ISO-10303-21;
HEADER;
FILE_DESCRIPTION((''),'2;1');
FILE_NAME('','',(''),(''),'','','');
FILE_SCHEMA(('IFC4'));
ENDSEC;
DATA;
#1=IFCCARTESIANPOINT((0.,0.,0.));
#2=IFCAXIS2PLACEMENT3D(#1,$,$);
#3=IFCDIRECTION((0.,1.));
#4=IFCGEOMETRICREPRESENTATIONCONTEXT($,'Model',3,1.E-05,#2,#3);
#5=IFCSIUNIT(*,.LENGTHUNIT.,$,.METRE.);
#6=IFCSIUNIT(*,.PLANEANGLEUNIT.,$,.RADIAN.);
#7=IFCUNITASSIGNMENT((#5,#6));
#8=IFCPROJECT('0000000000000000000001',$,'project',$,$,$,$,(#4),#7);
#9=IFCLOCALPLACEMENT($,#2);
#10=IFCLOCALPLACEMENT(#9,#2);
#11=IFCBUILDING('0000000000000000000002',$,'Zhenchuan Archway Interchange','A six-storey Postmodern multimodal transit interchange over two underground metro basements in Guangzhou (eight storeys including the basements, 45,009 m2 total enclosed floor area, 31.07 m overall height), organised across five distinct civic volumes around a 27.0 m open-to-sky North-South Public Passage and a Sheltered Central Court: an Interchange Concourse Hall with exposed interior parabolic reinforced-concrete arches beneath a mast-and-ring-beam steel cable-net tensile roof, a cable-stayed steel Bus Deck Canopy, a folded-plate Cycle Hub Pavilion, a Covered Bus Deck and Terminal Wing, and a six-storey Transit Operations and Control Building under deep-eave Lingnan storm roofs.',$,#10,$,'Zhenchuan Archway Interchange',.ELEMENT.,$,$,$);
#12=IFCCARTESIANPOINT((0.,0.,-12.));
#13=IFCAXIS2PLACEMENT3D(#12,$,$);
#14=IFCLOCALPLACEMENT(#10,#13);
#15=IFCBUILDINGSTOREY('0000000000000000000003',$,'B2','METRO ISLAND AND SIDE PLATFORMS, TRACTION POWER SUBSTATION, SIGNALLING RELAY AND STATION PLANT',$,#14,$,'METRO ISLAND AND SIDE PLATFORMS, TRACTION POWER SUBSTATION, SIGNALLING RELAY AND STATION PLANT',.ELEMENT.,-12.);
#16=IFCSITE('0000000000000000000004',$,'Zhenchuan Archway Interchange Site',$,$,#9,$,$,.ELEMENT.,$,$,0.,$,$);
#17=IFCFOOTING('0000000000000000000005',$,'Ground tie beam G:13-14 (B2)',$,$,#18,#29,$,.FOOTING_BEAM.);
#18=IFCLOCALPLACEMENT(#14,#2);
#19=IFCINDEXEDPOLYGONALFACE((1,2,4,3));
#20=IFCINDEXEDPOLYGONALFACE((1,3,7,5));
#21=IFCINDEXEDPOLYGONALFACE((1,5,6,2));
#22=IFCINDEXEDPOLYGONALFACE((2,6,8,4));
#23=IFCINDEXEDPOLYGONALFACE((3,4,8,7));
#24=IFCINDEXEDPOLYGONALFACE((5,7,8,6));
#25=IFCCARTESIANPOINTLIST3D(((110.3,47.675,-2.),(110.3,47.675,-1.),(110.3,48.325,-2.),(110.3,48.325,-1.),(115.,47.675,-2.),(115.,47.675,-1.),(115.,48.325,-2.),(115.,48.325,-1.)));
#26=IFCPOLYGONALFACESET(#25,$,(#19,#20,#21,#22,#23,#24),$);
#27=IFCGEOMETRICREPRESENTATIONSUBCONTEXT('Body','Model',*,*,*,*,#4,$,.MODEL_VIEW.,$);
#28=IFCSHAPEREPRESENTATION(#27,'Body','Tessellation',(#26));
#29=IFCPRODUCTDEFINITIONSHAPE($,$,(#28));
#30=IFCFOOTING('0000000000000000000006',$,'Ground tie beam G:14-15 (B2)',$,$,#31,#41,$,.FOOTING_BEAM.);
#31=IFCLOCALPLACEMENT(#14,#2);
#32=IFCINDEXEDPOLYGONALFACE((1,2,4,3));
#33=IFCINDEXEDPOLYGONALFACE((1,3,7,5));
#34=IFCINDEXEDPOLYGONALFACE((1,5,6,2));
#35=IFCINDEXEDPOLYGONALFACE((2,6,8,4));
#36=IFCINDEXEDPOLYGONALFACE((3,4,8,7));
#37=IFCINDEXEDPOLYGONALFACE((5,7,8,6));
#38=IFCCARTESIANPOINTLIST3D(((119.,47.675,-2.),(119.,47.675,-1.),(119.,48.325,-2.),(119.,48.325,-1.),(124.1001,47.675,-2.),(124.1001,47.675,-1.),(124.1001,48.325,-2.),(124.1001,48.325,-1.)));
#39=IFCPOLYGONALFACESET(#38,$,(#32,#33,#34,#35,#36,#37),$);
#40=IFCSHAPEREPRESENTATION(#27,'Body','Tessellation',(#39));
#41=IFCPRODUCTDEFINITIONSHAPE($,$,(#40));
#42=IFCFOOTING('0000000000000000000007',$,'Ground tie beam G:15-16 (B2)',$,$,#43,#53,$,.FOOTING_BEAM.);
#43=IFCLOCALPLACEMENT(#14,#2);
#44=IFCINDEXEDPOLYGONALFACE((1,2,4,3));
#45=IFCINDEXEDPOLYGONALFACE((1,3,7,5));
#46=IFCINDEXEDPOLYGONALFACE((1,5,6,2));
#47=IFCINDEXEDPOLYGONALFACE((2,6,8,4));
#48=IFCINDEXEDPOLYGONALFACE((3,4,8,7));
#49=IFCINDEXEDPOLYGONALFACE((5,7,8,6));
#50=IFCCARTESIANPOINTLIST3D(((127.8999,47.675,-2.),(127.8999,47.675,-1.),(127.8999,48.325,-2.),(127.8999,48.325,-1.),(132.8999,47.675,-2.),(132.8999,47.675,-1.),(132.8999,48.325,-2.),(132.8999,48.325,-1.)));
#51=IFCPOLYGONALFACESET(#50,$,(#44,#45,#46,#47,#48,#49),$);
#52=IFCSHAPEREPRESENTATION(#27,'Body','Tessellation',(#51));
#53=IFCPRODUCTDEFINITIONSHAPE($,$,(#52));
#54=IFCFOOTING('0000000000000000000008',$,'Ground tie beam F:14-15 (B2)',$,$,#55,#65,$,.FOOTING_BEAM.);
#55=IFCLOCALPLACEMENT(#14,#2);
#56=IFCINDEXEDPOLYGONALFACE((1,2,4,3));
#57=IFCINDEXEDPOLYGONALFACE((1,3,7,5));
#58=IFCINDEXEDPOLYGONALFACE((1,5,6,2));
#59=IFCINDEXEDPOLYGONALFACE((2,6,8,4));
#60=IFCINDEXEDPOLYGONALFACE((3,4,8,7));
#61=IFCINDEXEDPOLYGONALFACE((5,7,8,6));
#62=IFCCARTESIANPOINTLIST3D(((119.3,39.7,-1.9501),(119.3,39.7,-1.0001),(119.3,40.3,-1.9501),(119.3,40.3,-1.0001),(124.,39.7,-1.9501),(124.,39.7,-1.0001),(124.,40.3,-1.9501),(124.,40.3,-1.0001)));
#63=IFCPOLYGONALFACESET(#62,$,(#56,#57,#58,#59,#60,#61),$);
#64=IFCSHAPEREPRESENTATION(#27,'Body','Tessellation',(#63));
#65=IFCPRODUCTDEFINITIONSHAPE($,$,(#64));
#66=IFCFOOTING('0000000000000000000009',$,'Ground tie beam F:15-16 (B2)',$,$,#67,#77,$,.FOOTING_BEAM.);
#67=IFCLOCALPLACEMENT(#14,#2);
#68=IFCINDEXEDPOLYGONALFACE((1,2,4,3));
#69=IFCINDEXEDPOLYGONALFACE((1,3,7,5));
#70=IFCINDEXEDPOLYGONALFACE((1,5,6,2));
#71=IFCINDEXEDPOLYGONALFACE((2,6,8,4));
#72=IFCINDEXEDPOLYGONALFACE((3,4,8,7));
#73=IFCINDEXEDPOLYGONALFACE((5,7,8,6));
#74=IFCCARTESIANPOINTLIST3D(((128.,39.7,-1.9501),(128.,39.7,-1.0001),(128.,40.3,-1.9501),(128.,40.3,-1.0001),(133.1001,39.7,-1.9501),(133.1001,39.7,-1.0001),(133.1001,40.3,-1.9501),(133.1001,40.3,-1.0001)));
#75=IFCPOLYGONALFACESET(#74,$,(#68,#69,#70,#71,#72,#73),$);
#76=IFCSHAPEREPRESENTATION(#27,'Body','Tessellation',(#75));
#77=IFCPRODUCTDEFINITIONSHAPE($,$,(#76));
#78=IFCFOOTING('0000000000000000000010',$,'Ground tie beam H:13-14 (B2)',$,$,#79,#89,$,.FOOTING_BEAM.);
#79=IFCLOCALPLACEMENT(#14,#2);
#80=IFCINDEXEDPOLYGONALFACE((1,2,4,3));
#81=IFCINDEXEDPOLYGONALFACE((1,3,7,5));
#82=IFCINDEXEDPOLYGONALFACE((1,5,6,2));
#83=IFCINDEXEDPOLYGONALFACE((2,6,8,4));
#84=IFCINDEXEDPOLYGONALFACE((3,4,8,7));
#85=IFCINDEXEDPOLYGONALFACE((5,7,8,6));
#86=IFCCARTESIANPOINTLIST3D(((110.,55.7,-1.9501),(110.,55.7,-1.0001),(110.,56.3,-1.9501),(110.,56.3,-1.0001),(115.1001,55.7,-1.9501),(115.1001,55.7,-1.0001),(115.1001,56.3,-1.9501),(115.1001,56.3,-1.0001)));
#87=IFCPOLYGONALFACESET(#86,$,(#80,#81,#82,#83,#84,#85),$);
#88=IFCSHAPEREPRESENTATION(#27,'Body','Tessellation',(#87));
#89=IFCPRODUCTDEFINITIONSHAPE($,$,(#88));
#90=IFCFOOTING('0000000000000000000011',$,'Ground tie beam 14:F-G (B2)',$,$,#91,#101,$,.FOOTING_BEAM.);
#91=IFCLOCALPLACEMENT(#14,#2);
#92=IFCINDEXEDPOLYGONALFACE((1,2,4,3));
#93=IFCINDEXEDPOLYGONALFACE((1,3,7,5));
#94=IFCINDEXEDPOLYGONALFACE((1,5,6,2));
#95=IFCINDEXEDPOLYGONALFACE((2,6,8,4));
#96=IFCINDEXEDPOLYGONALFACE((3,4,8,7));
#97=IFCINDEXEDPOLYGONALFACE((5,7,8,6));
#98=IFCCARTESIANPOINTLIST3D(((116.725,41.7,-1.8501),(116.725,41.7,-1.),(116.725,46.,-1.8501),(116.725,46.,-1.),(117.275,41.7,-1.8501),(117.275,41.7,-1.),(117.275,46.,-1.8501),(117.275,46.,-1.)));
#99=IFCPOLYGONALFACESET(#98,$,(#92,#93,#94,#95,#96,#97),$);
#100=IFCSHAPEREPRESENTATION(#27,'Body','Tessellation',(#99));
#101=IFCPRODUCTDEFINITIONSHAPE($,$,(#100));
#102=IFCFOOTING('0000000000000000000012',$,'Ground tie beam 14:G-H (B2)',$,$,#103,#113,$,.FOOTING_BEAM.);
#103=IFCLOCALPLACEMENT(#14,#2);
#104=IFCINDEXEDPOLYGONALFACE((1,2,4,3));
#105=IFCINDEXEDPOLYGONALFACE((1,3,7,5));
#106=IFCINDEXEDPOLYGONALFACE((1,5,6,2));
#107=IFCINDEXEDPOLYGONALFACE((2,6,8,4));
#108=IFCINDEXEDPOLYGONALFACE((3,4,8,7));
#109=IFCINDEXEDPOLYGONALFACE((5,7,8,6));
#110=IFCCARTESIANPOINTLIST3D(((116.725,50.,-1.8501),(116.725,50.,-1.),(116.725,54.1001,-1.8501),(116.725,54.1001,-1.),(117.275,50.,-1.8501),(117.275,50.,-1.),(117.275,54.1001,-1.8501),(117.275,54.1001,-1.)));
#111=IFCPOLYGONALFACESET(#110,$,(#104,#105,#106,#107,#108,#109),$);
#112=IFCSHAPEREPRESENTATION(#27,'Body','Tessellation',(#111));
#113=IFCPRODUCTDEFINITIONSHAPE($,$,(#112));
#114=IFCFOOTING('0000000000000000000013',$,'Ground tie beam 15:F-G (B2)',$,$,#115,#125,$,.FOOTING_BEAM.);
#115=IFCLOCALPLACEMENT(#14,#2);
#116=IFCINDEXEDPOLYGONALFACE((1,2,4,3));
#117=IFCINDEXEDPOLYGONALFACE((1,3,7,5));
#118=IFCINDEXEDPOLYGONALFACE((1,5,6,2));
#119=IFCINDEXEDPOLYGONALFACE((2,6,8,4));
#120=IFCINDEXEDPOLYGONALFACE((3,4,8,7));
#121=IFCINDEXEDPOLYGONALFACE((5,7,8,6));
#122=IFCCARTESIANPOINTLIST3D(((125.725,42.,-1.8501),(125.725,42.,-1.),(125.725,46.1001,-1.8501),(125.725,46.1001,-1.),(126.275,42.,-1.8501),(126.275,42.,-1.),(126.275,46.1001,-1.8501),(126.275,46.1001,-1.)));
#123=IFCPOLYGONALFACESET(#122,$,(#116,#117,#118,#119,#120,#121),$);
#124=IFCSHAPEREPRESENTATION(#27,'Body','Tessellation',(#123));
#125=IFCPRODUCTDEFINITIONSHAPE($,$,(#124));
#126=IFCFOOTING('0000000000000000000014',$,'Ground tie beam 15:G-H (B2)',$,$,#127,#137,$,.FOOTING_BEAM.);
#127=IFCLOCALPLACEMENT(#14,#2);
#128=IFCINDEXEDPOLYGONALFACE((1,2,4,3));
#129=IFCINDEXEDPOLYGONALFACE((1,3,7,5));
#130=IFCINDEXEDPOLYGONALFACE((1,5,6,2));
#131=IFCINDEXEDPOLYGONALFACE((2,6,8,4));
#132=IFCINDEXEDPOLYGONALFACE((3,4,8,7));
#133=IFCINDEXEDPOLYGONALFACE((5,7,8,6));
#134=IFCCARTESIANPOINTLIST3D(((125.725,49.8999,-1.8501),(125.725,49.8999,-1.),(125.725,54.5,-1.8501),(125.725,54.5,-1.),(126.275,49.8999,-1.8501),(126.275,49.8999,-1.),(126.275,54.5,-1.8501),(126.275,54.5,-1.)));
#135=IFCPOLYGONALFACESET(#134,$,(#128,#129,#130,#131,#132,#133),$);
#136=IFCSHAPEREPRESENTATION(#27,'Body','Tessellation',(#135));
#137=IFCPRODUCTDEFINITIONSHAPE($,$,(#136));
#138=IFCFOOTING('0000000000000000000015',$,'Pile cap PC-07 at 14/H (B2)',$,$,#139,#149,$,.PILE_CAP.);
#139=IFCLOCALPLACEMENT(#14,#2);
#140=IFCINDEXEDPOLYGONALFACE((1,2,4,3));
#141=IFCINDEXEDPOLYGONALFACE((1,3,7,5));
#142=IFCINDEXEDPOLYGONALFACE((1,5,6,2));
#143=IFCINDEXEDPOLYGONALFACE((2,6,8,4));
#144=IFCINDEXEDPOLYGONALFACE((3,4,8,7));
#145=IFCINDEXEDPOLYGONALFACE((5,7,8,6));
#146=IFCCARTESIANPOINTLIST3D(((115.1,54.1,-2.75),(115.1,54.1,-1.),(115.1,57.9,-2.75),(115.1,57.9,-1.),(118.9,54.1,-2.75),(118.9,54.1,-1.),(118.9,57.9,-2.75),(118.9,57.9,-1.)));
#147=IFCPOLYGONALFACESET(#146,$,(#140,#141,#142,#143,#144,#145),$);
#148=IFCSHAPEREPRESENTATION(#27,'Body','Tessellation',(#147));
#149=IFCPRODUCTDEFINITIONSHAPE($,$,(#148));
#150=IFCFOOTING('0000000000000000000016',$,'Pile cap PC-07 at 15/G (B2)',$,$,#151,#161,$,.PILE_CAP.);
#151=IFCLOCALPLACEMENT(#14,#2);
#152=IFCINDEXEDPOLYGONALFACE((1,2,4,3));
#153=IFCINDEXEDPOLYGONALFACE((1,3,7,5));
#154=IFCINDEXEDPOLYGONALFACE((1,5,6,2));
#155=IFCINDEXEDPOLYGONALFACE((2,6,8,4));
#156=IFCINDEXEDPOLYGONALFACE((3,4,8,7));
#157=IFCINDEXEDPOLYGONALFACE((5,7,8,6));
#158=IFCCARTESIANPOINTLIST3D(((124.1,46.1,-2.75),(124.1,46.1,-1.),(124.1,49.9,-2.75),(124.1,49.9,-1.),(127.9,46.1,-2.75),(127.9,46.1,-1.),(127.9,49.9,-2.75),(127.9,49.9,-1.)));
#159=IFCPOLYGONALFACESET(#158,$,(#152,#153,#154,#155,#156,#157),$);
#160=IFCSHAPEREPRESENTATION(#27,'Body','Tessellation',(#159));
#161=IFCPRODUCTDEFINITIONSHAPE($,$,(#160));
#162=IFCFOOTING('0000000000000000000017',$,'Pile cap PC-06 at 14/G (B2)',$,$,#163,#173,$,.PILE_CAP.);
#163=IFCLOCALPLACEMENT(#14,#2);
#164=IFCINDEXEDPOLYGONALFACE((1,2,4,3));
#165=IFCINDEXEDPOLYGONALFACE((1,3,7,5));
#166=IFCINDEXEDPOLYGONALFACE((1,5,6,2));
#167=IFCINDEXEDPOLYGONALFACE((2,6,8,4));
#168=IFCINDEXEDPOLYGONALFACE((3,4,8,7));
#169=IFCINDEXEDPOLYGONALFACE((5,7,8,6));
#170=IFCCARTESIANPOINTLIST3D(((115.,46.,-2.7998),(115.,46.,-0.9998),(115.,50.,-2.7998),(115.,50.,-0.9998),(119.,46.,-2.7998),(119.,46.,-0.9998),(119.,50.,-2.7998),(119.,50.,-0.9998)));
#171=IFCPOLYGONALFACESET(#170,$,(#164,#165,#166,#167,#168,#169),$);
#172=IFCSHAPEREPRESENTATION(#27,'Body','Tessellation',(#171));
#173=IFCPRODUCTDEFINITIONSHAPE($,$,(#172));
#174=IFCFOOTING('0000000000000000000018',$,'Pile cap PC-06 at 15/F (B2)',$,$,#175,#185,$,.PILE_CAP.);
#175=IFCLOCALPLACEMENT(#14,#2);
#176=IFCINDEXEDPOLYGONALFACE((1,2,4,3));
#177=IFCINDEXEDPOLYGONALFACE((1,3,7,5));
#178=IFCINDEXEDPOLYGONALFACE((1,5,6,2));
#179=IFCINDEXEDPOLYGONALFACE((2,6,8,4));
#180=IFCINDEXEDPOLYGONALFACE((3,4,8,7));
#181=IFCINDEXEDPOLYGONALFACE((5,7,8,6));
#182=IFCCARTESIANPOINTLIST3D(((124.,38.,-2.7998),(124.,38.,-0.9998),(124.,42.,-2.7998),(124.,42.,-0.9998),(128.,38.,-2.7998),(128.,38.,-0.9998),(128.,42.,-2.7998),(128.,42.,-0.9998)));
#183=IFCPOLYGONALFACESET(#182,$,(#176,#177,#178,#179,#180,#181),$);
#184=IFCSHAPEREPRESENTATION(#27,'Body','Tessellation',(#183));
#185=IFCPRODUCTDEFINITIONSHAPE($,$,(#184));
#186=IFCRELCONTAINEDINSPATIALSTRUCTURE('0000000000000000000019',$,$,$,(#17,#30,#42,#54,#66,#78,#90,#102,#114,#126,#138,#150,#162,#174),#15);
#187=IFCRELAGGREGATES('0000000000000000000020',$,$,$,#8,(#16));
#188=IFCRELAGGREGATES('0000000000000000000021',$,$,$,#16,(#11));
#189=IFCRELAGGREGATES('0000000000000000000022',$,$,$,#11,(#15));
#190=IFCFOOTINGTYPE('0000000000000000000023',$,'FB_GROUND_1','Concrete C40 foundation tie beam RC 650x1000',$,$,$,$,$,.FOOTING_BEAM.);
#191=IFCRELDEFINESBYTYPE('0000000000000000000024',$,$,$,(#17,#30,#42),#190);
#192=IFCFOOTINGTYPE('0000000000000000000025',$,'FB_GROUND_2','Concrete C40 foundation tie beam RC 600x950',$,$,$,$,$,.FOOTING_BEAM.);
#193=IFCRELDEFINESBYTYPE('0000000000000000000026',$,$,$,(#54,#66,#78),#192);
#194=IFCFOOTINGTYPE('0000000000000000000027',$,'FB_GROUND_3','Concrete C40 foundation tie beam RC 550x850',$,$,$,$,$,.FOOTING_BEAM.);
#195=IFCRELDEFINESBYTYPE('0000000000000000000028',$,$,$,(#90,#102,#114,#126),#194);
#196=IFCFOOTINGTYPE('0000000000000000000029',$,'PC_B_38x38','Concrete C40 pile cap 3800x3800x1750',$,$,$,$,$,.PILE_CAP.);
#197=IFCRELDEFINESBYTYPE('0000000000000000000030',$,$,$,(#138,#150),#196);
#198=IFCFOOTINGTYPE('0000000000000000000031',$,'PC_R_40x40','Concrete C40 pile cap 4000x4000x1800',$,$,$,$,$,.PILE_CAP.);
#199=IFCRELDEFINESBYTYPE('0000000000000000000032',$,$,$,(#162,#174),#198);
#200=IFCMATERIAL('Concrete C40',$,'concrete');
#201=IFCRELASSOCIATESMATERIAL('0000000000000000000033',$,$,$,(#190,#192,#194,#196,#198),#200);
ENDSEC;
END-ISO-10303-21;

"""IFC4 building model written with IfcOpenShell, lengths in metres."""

from ifc_helpers import new_model, si_unit, direction, frame, origin, origin_2d, place, context, subcontext, project, spatial, rectangle, extrude, material, material_profile, profile_set, type_object, element, save


model = new_model("IFC4")

# Units and contexts
model_context = context("Model", 3, precision=1e-05, world=origin(), true_north=direction((0.0, 1.0)))
body_context = subcontext(model_context, "Body", "Model", "MODEL_VIEW")
ifc_project = project(units=[si_unit("LENGTHUNIT", "METRE"), si_unit("PLANEANGLEUNIT", "RADIAN")], contexts=[model_context])

# Site, building, storey
site_placement = place(None, origin())
site = spatial("IfcSite", under=ifc_project, at=site_placement, Name="Zhenchuan Archway Interchange Site", CompositionType="ELEMENT", RefElevation=0.0)
building_placement = place(site_placement, origin())
building = spatial("IfcBuilding", under=site, at=building_placement, Name="Zhenchuan Archway Interchange", Description="A six-storey Postmodern multimodal transit interchange over two underground metro basements in Guangzhou (eight storeys including the basements, 45,009 m2 total enclosed floor area, 31.07 m overall height), organised across five distinct civic volumes around a 27.0 m open-to-sky North-South Public Passage and a Sheltered Central Court: an Interchange Concourse Hall with exposed interior parabolic reinforced-concrete arches beneath a mast-and-ring-beam steel cable-net tensile roof, a cable-stayed steel Bus Deck Canopy, a folded-plate Cycle Hub Pavilion, a Covered Bus Deck and Terminal Wing, and a six-storey Transit Operations and Control Building under deep-eave Lingnan storm roofs.", LongName="Zhenchuan Archway Interchange", CompositionType="ELEMENT")
storey_placement = place(building_placement, frame((0.0, 0.0, -12.0)))
storey = spatial("IfcBuildingStorey", under=building, at=storey_placement, Name="B2", Description="METRO ISLAND AND SIDE PLATFORMS, TRACTION POWER SUBSTATION, SIGNALLING RELAY AND STATION PLANT", LongName="METRO ISLAND AND SIDE PLATFORMS, TRACTION POWER SUBSTATION, SIGNALLING RELAY AND STATION PLANT", CompositionType="ELEMENT", Elevation=-12.0)

# Footings
ifc_material_1 = material(Name="Concrete C40", Category="concrete")
ifc_material_profile_1 = material_profile(ifc_material_1, rectangle(XDim=0.6499, YDim=1.0, at=origin_2d()), Name="RC 650x1000")
ifc_profile_set_1 = profile_set([ifc_material_profile_1], Name="Concrete C40")
footing_type_1 = type_object("IfcFootingType", Name="FB_GROUND_1", Description="Concrete C40 foundation tie beam RC 650x1000", PredefinedType="FOOTING_BEAM", material=ifc_profile_set_1)
footing_1_placement = place(storey_placement, frame((110.3, 48.0, -1.5), z_axis=(1.0, 0.0, 0.0), x_axis=(0.0, 1.0, 0.0)))
element("IfcFooting", 1, at=footing_1_placement, inside=storey, type_object=footing_type_1, Name="Ground tie beam G:13-14 (B2)", PredefinedType="FOOTING_BEAM", context=body_context, shape_type="SweptSolid", body=[
    extrude(rectangle(XDim=0.6499, YDim=1.0, at=origin_2d()), origin(), (0.0, 0.0, 1.0), 4.7),
])
footing_2_placement = place(storey_placement, frame((119.0, 48.0, -1.5), z_axis=(1.0, 0.0, 0.0), x_axis=(0.0, 1.0, 0.0)))
element("IfcFooting", 2, at=footing_2_placement, inside=storey, type_object=footing_type_1, Name="Ground tie beam G:14-15 (B2)", PredefinedType="FOOTING_BEAM", context=body_context, shape_type="SweptSolid", body=[
    extrude(rectangle(XDim=0.6499, YDim=1.0, at=origin_2d()), origin(), (0.0, 0.0, 1.0), 5.1001),
])
footing_3_placement = place(storey_placement, frame((127.8999, 48.0, -1.5), z_axis=(1.0, 0.0, 0.0), x_axis=(0.0, 1.0, 0.0)))
element("IfcFooting", 3, at=footing_3_placement, inside=storey, type_object=footing_type_1, Name="Ground tie beam G:15-16 (B2)", PredefinedType="FOOTING_BEAM", context=body_context, shape_type="SweptSolid", body=[
    extrude(rectangle(XDim=0.6499, YDim=1.0, at=origin_2d()), origin(), (0.0, 0.0, 1.0), 5.0),
])
ifc_material_profile_2 = material_profile(ifc_material_1, rectangle(XDim=0.6001, YDim=0.95, at=origin_2d()), Name="RC 600x950")
ifc_profile_set_2 = profile_set([ifc_material_profile_2], Name="Concrete C40")
footing_type_2 = type_object("IfcFootingType", Name="FB_GROUND_2", Description="Concrete C40 foundation tie beam RC 600x950", PredefinedType="FOOTING_BEAM", material=ifc_profile_set_2)
footing_4_placement = place(storey_placement, frame((119.3, 40.0, -1.4751), z_axis=(1.0, 0.0, 0.0), x_axis=(0.0, 1.0, 0.0)))
element("IfcFooting", 4, at=footing_4_placement, inside=storey, type_object=footing_type_2, Name="Ground tie beam F:14-15 (B2)", PredefinedType="FOOTING_BEAM", context=body_context, shape_type="SweptSolid", body=[
    extrude(rectangle(XDim=0.6001, YDim=0.95, at=origin_2d()), origin(), (0.0, 0.0, 1.0), 4.7),
])
for number, where, z_axis, x_axis, name in (
    (5, (128.0, 40.0, -1.4751), (1.0, 0.0, 0.0), (0.0, 1.0, 0.0), "Ground tie beam F:15-16 (B2)"),
    (6, (110.0, 56.0, -1.4751), (1.0, 0.0, 0.0), (0.0, 1.0, 0.0), "Ground tie beam H:13-14 (B2)"),
):
    element("IfcFooting", number, at=place(storey_placement, frame(where, z_axis=z_axis, x_axis=x_axis)), inside=storey, type_object=footing_type_2, Name=name, PredefinedType="FOOTING_BEAM", context=body_context, shape_type="SweptSolid", body=[
        extrude(rectangle(XDim=0.6001, YDim=0.95, at=origin_2d()), origin(), (0.0, 0.0, 1.0), 5.1001),
    ])
ifc_material_profile_3 = material_profile(ifc_material_1, rectangle(XDim=0.55, YDim=0.8501, at=origin_2d()), Name="RC 550x850")
ifc_profile_set_3 = profile_set([ifc_material_profile_3], Name="Concrete C40")
footing_type_3 = type_object("IfcFootingType", Name="FB_GROUND_3", Description="Concrete C40 foundation tie beam RC 550x850", PredefinedType="FOOTING_BEAM", material=ifc_profile_set_3)
footing_5_placement = place(storey_placement, frame((117.0, 41.7, -1.425), z_axis=(0.0, 1.0, 0.0), x_axis=(-1.0, 0.0, 0.0)))
element("IfcFooting", 7, at=footing_5_placement, inside=storey, type_object=footing_type_3, Name="Ground tie beam 14:F-G (B2)", PredefinedType="FOOTING_BEAM", context=body_context, shape_type="SweptSolid", body=[
    extrude(rectangle(XDim=0.55, YDim=0.8501, at=origin_2d()), origin(), (0.0, 0.0, 1.0), 4.3),
])
for number, where, z_axis, x_axis, name in (
    (8, (117.0, 50.0, -1.425), (0.0, 1.0, 0.0), (-1.0, 0.0, 0.0), "Ground tie beam 14:G-H (B2)"),
    (9, (126.0, 42.0, -1.425), (0.0, 1.0, 0.0), (-1.0, 0.0, 0.0), "Ground tie beam 15:F-G (B2)"),
):
    element("IfcFooting", number, at=place(storey_placement, frame(where, z_axis=z_axis, x_axis=x_axis)), inside=storey, type_object=footing_type_3, Name=name, PredefinedType="FOOTING_BEAM", context=body_context, shape_type="SweptSolid", body=[
        extrude(rectangle(XDim=0.55, YDim=0.8501, at=origin_2d()), origin(), (0.0, 0.0, 1.0), 4.1001),
    ])
footing_6_placement = place(storey_placement, frame((126.0, 49.8999, -1.425), z_axis=(0.0, 1.0, 0.0), x_axis=(-1.0, 0.0, 0.0)))
element("IfcFooting", 10, at=footing_6_placement, inside=storey, type_object=footing_type_3, Name="Ground tie beam 15:G-H (B2)", PredefinedType="FOOTING_BEAM", context=body_context, shape_type="SweptSolid", body=[
    extrude(rectangle(XDim=0.55, YDim=0.8501, at=origin_2d()), origin(), (0.0, 0.0, 1.0), 4.6001),
])
footing_type_4 = type_object("IfcFootingType", Name="PC_B_38x38", Description="Concrete C40 pile cap 3800x3800x1750", PredefinedType="PILE_CAP", material=ifc_material_1)
for number, where, z_axis, x_axis, name in (
    (11, (117.0, 56.0, -2.75), (0.0, 0.0, 1.0), (1.0, 0.0, 0.0), "Pile cap PC-07 at 14/H (B2)"),
    (12, (126.0, 48.0, -2.75), (0.0, 0.0, 1.0), (1.0, 0.0, 0.0), "Pile cap PC-07 at 15/G (B2)"),
):
    element("IfcFooting", number, at=place(storey_placement, frame(where, z_axis=z_axis, x_axis=x_axis)), inside=storey, type_object=footing_type_4, Name=name, PredefinedType="PILE_CAP", context=body_context, shape_type="SweptSolid", body=[
        extrude(rectangle(XDim=3.8, YDim=3.8, at=origin_2d()), origin(), (0.0, 0.0, 1.0), 1.75),
    ])
footing_type_5 = type_object("IfcFootingType", Name="PC_R_40x40", Description="Concrete C40 pile cap 4000x4000x1800", PredefinedType="PILE_CAP", material=ifc_material_1)
for number, where, z_axis, x_axis, name in (
    (13, (117.0, 48.0, -2.7998), (0.0, 0.0, 1.0), (1.0, 0.0, 0.0), "Pile cap PC-06 at 14/G (B2)"),
    (14, (126.0, 40.0, -2.7998), (0.0, 0.0, 1.0), (1.0, 0.0, 0.0), "Pile cap PC-06 at 15/F (B2)"),
):
    element("IfcFooting", number, at=place(storey_placement, frame(where, z_axis=z_axis, x_axis=x_axis)), inside=storey, type_object=footing_type_5, Name=name, PredefinedType="PILE_CAP", context=body_context, shape_type="SweptSolid", body=[
        extrude(rectangle(XDim=4.0, YDim=4.0, at=origin_2d()), origin(), (0.0, 0.0, 1.0), 1.8),
    ])

save(model, "model.ifc")
